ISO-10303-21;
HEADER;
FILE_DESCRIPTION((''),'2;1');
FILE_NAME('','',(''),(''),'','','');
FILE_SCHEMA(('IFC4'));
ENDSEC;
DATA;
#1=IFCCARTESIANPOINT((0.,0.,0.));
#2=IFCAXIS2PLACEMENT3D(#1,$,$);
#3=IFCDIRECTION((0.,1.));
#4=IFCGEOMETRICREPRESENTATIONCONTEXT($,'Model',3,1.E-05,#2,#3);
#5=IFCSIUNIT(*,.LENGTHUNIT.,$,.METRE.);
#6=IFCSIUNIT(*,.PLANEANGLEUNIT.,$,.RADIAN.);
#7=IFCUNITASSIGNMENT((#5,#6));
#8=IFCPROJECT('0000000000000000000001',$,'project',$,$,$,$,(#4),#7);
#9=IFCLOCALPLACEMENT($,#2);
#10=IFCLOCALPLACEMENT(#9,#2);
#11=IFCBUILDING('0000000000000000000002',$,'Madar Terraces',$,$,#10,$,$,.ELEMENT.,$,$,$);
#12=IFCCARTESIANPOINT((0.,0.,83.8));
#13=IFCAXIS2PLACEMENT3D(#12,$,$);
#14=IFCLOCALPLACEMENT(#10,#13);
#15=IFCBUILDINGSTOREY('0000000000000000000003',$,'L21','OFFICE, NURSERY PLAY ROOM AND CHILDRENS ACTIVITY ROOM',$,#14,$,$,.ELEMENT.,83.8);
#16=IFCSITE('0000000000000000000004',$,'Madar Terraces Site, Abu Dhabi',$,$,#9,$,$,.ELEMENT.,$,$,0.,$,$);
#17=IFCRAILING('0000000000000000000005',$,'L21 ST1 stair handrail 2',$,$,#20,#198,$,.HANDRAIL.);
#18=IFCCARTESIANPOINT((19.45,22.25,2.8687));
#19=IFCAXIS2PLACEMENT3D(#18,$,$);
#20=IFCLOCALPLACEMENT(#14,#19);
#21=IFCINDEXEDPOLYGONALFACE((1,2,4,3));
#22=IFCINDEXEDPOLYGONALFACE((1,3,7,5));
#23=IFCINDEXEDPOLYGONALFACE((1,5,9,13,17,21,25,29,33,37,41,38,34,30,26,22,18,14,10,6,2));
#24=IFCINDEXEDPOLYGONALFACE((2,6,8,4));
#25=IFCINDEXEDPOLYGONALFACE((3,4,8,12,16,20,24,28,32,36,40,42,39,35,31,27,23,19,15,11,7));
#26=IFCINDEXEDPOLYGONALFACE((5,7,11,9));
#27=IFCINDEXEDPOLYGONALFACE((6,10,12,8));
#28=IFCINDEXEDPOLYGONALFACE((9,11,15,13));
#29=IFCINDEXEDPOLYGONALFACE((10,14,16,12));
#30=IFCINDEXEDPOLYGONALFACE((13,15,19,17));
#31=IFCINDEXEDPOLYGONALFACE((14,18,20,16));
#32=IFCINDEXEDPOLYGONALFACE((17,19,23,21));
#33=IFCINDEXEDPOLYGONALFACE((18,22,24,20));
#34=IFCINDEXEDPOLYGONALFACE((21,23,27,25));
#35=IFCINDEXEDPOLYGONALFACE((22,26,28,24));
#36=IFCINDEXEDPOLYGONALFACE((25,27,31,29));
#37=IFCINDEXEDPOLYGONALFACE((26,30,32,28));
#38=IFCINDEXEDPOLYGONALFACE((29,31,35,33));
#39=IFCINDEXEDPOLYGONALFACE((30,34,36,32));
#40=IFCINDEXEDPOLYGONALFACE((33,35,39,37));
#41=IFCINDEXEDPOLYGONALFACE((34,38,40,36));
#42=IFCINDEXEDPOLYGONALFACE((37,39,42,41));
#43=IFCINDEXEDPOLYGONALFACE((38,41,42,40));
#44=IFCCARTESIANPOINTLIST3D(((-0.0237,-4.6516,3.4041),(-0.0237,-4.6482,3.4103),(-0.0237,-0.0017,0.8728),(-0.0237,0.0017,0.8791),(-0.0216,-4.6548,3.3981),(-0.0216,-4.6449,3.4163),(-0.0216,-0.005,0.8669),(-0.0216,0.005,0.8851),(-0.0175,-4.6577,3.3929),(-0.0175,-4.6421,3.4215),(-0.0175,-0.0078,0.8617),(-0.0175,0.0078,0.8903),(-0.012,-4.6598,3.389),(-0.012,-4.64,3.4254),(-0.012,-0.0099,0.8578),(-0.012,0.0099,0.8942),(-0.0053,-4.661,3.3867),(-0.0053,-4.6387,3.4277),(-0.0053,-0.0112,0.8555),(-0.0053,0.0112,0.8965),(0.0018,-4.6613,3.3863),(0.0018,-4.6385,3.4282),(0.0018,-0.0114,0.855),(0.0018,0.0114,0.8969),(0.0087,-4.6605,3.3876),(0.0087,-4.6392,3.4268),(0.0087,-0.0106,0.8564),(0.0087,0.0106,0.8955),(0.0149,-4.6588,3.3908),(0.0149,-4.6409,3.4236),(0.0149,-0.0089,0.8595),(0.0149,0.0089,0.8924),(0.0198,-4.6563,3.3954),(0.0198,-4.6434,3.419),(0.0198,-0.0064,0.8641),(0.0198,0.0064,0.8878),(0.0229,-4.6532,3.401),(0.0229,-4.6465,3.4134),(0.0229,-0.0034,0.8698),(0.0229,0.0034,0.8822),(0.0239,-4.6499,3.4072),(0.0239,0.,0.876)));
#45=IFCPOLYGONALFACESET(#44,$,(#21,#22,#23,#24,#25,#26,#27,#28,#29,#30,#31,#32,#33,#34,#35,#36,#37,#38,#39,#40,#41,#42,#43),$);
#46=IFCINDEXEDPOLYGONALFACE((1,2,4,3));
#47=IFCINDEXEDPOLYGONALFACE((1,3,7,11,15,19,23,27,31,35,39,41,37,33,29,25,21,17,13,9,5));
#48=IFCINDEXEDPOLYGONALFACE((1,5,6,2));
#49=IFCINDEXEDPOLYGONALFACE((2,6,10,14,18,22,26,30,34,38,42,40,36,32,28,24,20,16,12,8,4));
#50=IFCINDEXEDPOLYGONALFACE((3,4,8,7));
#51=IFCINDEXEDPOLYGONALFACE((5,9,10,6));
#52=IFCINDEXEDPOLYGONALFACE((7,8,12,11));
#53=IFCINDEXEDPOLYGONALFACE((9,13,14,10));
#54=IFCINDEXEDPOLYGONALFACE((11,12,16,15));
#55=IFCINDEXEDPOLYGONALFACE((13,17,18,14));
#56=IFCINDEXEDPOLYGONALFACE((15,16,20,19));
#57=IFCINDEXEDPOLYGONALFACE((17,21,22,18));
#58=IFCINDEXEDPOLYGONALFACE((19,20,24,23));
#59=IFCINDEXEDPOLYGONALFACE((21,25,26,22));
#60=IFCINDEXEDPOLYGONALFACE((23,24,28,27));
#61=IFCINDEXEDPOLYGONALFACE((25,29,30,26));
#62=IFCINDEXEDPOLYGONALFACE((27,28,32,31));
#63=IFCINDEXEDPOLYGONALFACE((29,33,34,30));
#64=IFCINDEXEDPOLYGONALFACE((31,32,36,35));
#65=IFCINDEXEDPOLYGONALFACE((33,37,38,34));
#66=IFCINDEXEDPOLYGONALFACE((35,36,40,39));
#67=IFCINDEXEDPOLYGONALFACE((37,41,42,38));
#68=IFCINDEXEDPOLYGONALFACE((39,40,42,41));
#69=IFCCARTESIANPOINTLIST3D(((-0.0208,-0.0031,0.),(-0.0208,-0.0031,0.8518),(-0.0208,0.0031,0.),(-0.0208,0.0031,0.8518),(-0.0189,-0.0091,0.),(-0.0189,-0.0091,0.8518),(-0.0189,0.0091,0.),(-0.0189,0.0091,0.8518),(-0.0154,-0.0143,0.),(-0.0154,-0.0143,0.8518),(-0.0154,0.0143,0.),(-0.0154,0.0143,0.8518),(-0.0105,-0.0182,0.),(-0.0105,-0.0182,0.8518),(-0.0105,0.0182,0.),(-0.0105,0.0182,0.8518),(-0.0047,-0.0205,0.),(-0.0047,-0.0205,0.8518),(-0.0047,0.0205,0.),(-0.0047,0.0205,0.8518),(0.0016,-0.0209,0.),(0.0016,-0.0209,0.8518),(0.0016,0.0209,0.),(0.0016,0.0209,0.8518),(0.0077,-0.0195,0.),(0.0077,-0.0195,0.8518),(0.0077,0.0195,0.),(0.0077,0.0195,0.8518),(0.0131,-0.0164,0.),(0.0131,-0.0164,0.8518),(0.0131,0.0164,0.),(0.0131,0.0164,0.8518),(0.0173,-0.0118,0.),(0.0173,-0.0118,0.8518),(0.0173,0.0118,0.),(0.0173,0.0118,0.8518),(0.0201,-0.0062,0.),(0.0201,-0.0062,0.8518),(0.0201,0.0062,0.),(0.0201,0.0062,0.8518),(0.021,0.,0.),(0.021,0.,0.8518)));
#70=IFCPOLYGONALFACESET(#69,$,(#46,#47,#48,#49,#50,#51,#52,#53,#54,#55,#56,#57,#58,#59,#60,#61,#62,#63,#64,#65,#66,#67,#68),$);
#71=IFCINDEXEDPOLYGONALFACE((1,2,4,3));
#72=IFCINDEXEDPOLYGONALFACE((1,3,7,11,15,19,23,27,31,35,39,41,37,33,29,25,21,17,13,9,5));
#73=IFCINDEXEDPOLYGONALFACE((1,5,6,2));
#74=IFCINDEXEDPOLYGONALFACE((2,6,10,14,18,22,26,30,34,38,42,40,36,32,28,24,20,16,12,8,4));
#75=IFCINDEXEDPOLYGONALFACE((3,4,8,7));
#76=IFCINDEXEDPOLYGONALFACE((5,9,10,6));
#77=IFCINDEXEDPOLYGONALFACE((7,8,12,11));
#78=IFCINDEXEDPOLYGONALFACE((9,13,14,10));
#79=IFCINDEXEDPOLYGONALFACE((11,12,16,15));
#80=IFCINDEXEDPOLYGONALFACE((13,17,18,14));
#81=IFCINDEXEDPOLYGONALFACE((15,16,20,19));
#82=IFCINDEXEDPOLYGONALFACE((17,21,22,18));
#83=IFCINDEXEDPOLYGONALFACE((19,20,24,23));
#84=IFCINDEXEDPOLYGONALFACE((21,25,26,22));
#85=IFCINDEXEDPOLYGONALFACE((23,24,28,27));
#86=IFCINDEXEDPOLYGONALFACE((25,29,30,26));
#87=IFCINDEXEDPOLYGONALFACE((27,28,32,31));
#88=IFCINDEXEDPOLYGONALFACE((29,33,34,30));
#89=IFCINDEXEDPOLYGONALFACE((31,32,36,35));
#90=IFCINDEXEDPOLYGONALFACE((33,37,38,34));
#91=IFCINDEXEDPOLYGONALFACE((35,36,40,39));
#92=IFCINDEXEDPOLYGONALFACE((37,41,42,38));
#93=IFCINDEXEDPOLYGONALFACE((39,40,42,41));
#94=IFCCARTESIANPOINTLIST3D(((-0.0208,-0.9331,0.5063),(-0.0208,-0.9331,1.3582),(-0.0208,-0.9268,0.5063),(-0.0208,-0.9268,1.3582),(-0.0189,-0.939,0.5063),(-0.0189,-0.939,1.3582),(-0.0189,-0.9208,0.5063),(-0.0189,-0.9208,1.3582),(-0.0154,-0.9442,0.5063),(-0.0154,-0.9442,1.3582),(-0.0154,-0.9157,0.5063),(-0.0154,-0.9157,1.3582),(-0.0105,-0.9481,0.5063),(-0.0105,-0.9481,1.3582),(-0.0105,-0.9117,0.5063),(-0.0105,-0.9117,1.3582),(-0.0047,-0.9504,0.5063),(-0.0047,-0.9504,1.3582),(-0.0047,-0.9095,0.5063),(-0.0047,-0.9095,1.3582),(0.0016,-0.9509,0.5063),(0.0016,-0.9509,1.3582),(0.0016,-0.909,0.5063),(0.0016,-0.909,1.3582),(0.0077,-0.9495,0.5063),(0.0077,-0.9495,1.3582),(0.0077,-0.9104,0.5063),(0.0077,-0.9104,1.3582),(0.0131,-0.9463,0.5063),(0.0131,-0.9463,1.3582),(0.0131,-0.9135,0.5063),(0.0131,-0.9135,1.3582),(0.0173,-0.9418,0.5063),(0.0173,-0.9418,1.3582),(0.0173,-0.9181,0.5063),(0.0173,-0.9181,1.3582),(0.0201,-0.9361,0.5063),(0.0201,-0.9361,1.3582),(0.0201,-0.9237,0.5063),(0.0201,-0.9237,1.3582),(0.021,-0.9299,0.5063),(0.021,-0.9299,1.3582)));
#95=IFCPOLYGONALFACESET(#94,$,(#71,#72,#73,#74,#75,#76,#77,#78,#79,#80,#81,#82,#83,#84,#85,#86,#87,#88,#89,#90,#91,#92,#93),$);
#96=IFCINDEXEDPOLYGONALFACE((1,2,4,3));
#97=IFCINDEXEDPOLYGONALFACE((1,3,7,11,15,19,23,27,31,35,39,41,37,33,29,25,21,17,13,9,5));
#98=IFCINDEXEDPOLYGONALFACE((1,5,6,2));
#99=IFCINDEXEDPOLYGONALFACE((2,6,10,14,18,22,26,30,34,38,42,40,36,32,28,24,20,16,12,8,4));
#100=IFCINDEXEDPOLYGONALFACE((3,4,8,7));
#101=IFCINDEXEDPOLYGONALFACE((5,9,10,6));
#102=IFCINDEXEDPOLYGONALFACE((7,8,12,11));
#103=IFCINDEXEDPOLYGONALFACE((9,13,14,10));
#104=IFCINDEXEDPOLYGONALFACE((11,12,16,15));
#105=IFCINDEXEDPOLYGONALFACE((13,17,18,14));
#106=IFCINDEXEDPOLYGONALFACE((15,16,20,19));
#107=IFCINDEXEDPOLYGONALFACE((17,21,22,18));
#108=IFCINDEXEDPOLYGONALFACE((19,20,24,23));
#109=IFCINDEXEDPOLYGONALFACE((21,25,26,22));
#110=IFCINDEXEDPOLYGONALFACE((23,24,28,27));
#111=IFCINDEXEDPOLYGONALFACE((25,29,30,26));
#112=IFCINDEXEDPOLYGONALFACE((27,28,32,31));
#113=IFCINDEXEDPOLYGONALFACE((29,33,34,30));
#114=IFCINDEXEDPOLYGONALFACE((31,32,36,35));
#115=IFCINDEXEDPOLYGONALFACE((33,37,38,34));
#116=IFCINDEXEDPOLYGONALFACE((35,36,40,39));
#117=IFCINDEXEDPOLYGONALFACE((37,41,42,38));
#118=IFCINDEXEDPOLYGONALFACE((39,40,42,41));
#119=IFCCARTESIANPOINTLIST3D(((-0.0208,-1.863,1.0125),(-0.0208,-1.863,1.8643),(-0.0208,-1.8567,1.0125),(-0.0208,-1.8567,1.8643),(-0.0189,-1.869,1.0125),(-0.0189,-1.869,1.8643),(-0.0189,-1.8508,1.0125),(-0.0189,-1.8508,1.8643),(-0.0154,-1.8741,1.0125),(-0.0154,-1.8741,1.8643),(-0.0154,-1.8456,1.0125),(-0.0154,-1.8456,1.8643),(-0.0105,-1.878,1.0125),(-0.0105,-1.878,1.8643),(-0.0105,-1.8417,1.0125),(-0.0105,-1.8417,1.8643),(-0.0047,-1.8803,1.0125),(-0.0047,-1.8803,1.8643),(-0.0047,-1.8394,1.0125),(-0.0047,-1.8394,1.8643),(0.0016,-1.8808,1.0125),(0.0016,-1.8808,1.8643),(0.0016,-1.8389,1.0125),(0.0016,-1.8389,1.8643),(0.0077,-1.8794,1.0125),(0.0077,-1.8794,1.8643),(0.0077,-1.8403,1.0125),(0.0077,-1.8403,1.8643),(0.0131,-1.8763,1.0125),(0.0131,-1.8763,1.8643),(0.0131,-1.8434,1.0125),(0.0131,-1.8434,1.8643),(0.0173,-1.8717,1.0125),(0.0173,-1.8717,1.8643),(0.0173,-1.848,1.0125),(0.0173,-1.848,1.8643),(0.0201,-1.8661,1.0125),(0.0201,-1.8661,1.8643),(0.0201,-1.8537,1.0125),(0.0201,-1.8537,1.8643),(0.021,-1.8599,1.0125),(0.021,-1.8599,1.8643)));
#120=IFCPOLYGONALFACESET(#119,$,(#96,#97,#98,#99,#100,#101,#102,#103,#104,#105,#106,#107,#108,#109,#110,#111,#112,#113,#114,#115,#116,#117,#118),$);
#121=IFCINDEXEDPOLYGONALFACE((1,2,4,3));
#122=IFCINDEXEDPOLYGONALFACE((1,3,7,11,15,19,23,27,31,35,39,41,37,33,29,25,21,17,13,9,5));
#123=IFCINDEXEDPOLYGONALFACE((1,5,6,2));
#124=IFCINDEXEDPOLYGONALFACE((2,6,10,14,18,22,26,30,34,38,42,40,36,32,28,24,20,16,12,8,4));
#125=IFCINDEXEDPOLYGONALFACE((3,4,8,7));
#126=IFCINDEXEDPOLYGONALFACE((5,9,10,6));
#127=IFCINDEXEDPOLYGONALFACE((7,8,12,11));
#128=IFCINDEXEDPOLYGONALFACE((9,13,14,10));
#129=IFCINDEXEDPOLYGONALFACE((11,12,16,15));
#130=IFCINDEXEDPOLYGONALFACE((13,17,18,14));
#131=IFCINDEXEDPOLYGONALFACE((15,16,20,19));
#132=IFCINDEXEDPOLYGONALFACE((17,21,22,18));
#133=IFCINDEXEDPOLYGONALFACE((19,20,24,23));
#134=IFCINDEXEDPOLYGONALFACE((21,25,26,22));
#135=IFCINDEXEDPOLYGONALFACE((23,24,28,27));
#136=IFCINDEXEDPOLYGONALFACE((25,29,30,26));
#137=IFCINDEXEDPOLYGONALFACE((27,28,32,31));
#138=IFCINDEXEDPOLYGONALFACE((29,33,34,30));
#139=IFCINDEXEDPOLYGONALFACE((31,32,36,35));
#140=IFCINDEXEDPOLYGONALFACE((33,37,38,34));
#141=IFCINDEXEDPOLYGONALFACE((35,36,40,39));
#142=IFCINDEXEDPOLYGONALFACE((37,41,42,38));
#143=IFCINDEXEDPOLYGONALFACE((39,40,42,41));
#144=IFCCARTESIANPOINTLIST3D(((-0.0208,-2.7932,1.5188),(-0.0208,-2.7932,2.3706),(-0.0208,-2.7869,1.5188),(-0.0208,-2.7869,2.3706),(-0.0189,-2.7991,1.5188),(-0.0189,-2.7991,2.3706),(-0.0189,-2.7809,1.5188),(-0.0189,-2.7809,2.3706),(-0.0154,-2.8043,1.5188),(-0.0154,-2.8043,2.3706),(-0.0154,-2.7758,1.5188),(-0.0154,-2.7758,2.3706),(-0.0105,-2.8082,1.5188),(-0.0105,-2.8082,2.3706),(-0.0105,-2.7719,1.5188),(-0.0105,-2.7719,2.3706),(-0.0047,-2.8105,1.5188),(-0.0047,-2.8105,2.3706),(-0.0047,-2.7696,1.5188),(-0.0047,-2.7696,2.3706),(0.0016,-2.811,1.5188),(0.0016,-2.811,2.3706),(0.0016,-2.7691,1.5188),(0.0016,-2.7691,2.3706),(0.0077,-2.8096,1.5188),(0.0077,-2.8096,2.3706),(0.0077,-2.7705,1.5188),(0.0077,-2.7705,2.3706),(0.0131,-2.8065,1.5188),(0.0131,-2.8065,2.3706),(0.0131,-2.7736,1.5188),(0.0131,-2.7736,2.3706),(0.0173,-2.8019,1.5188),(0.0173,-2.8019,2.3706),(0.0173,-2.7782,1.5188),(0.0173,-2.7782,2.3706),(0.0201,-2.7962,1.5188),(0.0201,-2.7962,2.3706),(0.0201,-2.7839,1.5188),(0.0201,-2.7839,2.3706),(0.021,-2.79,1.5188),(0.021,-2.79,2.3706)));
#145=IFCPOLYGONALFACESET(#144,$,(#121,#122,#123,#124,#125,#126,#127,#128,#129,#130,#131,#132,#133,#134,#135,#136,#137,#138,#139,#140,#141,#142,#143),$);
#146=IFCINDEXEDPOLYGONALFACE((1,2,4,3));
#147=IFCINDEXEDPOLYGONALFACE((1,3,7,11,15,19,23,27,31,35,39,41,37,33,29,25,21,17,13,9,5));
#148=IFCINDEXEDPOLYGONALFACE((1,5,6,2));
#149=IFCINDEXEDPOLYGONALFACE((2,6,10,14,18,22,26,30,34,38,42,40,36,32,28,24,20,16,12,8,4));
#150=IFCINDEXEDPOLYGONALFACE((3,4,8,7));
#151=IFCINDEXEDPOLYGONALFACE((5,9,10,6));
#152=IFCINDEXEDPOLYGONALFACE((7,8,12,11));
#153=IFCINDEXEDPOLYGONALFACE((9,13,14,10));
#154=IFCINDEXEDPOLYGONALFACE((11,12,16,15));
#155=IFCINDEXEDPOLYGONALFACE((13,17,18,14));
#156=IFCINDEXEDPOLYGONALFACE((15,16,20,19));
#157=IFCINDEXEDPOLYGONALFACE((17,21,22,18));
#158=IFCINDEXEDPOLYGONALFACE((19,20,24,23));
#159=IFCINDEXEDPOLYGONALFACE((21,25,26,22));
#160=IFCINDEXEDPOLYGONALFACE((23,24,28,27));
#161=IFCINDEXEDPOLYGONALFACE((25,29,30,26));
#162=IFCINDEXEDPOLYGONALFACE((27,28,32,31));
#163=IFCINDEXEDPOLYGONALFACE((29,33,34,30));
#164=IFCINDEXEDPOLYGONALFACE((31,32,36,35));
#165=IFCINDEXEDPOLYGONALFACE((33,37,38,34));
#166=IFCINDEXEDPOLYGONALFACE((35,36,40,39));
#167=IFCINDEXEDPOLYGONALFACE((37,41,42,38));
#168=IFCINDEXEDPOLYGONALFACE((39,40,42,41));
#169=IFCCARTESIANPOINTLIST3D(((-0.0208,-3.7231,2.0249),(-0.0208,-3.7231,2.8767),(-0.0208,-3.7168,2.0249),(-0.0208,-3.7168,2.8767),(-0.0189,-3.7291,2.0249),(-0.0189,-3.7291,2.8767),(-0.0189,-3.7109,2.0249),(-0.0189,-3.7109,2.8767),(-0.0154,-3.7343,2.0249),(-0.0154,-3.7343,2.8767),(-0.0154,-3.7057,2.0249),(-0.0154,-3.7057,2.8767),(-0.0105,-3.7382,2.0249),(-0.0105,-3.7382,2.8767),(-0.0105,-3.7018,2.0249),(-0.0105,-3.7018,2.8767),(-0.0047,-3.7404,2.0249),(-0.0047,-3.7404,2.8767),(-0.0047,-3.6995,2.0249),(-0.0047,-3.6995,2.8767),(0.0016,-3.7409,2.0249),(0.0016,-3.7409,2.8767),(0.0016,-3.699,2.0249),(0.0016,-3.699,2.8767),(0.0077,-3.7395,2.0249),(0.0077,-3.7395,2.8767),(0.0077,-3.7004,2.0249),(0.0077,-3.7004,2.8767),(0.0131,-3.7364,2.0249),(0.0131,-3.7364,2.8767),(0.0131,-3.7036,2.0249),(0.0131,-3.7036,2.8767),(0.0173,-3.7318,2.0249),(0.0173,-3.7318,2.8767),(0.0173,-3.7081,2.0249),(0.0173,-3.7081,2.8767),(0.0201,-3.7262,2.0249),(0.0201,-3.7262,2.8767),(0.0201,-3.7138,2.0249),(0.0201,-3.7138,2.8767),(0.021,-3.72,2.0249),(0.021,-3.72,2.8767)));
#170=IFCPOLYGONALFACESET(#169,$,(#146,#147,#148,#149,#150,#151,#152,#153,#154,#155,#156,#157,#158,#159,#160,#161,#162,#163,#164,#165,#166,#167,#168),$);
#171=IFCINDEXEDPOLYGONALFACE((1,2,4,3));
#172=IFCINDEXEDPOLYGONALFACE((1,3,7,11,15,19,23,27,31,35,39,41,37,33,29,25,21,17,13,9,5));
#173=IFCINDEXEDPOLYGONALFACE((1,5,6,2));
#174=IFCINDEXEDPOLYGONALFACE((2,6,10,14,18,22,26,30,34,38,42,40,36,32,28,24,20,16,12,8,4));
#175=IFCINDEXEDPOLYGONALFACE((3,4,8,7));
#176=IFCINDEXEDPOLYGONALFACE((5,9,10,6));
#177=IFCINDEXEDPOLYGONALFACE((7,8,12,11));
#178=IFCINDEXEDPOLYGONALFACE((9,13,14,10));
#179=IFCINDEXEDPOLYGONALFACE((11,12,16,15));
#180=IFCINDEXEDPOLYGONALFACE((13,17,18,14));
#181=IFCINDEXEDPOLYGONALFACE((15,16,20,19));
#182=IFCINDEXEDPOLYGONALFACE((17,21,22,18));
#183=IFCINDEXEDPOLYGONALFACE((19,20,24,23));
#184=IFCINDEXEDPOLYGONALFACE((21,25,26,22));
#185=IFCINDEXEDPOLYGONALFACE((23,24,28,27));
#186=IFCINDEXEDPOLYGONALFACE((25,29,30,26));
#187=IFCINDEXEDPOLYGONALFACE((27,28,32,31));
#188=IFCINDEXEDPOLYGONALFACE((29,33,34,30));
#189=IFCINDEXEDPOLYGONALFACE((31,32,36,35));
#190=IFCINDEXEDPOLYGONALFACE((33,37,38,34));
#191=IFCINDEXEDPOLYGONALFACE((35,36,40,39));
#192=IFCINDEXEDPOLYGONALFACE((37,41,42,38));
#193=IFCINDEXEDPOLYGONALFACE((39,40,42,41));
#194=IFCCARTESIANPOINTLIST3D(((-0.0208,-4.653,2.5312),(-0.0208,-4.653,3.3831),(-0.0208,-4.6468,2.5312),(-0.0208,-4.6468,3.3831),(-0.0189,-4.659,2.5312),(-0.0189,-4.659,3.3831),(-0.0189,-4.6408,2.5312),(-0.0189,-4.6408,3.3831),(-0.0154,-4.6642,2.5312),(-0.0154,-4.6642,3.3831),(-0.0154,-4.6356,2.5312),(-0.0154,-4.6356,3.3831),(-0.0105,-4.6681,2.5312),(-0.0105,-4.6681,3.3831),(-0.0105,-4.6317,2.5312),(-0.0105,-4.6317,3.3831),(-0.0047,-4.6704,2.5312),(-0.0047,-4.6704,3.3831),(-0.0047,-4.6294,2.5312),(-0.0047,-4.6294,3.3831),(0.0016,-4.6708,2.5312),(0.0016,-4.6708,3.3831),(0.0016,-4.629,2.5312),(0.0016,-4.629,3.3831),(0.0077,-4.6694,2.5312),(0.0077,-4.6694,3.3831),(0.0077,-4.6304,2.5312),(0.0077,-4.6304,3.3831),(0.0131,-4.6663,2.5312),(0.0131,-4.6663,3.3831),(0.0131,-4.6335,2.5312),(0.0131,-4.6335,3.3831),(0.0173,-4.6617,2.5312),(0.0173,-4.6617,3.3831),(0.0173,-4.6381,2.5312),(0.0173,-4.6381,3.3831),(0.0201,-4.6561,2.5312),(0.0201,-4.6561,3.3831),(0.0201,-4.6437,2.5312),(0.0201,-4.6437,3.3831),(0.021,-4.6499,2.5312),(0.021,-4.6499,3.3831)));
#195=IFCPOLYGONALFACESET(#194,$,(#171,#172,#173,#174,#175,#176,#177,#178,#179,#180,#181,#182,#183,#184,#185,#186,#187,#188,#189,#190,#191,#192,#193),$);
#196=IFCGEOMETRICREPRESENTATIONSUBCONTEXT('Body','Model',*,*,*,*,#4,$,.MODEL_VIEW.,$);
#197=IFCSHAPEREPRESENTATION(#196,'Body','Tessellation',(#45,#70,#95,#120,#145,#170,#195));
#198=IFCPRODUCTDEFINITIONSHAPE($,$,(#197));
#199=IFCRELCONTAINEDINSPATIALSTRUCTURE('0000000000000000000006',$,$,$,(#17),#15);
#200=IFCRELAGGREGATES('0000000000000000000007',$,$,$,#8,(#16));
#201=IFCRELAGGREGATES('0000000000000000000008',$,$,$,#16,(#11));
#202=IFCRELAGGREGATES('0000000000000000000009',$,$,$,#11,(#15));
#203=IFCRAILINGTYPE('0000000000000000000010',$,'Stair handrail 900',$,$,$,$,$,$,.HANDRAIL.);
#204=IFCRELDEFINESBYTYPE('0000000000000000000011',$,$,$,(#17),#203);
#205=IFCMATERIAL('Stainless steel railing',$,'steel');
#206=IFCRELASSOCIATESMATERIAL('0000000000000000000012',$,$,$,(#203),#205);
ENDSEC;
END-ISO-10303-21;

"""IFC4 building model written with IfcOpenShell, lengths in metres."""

from ifc_helpers import new_model, si_unit, direction, frame, origin, origin_2d, place, context, subcontext, project, spatial, circle, extrude, material, type_object, element, save


model = new_model("IFC4")

# Units and contexts
model_context = context("Model", 3, precision=1e-05, world=origin(), true_north=direction((0.0, 1.0)))
body_context = subcontext(model_context, "Body", "Model", "MODEL_VIEW")
ifc_project = project(units=[si_unit("LENGTHUNIT", "METRE"), si_unit("PLANEANGLEUNIT", "RADIAN")], contexts=[model_context])

# Site, building, storey
site_placement = place(None, origin())
site = spatial("IfcSite", under=ifc_project, at=site_placement, Name="Madar Terraces Site, Abu Dhabi", CompositionType="ELEMENT", RefElevation=0.0)
building_placement = place(site_placement, origin())
building = spatial("IfcBuilding", under=site, at=building_placement, Name="Madar Terraces", CompositionType="ELEMENT")
storey_placement = place(building_placement, frame((0.0, 0.0, 83.8)))
storey = spatial("IfcBuildingStorey", under=building, at=storey_placement, Name="L21", Description="OFFICE, NURSERY PLAY ROOM AND CHILDRENS ACTIVITY ROOM", CompositionType="ELEMENT", Elevation=83.8)

# Railing
ifc_material_1 = material(Name="Stainless steel railing", Category="steel")
railing_type_1 = type_object("IfcRailingType", Name="Stair handrail 900", PredefinedType="HANDRAIL", material=ifc_material_1)
railing_1_placement = place(storey_placement, frame((19.45, 22.25, 2.8687)))
element("IfcRailing", 1, at=railing_1_placement, inside=storey, type_object=railing_type_1, Name="L21 ST1 stair handrail 2", PredefinedType="HANDRAIL", context=body_context, shape_type="SweptSolid", body=[
    extrude(circle(Radius=0.0239, at=origin_2d()), frame((0.0, 0.0, 0.876), z_axis=(0.0, -0.878297, 0.478115), x_axis=(1.0, 0.0, 0.0)), (0.0, 0.0, 1.0), 5.2942),
    extrude(circle(Radius=0.021, at=origin_2d()), origin(), (0.0, 0.0, 1.0), 0.8518),
    extrude(circle(Radius=0.021, at=origin_2d()), frame((0.0, -0.9299, 0.5063)), (0.0, 0.0, 1.0), 0.8518),
    extrude(circle(Radius=0.021, at=origin_2d()), frame((0.0, -1.8599, 1.0125)), (0.0, 0.0, 1.0), 0.8518),
    extrude(circle(Radius=0.021, at=origin_2d()), frame((0.0, -2.79, 1.5188)), (0.0, 0.0, 1.0), 0.8518),
    extrude(circle(Radius=0.021, at=origin_2d()), frame((0.0, -3.72, 2.0249)), (0.0, 0.0, 1.0), 0.8518),
    extrude(circle(Radius=0.021, at=origin_2d()), frame((0.0, -4.6499, 2.5312)), (0.0, 0.0, 1.0), 0.8518),
])

save(model, "model.ifc")
